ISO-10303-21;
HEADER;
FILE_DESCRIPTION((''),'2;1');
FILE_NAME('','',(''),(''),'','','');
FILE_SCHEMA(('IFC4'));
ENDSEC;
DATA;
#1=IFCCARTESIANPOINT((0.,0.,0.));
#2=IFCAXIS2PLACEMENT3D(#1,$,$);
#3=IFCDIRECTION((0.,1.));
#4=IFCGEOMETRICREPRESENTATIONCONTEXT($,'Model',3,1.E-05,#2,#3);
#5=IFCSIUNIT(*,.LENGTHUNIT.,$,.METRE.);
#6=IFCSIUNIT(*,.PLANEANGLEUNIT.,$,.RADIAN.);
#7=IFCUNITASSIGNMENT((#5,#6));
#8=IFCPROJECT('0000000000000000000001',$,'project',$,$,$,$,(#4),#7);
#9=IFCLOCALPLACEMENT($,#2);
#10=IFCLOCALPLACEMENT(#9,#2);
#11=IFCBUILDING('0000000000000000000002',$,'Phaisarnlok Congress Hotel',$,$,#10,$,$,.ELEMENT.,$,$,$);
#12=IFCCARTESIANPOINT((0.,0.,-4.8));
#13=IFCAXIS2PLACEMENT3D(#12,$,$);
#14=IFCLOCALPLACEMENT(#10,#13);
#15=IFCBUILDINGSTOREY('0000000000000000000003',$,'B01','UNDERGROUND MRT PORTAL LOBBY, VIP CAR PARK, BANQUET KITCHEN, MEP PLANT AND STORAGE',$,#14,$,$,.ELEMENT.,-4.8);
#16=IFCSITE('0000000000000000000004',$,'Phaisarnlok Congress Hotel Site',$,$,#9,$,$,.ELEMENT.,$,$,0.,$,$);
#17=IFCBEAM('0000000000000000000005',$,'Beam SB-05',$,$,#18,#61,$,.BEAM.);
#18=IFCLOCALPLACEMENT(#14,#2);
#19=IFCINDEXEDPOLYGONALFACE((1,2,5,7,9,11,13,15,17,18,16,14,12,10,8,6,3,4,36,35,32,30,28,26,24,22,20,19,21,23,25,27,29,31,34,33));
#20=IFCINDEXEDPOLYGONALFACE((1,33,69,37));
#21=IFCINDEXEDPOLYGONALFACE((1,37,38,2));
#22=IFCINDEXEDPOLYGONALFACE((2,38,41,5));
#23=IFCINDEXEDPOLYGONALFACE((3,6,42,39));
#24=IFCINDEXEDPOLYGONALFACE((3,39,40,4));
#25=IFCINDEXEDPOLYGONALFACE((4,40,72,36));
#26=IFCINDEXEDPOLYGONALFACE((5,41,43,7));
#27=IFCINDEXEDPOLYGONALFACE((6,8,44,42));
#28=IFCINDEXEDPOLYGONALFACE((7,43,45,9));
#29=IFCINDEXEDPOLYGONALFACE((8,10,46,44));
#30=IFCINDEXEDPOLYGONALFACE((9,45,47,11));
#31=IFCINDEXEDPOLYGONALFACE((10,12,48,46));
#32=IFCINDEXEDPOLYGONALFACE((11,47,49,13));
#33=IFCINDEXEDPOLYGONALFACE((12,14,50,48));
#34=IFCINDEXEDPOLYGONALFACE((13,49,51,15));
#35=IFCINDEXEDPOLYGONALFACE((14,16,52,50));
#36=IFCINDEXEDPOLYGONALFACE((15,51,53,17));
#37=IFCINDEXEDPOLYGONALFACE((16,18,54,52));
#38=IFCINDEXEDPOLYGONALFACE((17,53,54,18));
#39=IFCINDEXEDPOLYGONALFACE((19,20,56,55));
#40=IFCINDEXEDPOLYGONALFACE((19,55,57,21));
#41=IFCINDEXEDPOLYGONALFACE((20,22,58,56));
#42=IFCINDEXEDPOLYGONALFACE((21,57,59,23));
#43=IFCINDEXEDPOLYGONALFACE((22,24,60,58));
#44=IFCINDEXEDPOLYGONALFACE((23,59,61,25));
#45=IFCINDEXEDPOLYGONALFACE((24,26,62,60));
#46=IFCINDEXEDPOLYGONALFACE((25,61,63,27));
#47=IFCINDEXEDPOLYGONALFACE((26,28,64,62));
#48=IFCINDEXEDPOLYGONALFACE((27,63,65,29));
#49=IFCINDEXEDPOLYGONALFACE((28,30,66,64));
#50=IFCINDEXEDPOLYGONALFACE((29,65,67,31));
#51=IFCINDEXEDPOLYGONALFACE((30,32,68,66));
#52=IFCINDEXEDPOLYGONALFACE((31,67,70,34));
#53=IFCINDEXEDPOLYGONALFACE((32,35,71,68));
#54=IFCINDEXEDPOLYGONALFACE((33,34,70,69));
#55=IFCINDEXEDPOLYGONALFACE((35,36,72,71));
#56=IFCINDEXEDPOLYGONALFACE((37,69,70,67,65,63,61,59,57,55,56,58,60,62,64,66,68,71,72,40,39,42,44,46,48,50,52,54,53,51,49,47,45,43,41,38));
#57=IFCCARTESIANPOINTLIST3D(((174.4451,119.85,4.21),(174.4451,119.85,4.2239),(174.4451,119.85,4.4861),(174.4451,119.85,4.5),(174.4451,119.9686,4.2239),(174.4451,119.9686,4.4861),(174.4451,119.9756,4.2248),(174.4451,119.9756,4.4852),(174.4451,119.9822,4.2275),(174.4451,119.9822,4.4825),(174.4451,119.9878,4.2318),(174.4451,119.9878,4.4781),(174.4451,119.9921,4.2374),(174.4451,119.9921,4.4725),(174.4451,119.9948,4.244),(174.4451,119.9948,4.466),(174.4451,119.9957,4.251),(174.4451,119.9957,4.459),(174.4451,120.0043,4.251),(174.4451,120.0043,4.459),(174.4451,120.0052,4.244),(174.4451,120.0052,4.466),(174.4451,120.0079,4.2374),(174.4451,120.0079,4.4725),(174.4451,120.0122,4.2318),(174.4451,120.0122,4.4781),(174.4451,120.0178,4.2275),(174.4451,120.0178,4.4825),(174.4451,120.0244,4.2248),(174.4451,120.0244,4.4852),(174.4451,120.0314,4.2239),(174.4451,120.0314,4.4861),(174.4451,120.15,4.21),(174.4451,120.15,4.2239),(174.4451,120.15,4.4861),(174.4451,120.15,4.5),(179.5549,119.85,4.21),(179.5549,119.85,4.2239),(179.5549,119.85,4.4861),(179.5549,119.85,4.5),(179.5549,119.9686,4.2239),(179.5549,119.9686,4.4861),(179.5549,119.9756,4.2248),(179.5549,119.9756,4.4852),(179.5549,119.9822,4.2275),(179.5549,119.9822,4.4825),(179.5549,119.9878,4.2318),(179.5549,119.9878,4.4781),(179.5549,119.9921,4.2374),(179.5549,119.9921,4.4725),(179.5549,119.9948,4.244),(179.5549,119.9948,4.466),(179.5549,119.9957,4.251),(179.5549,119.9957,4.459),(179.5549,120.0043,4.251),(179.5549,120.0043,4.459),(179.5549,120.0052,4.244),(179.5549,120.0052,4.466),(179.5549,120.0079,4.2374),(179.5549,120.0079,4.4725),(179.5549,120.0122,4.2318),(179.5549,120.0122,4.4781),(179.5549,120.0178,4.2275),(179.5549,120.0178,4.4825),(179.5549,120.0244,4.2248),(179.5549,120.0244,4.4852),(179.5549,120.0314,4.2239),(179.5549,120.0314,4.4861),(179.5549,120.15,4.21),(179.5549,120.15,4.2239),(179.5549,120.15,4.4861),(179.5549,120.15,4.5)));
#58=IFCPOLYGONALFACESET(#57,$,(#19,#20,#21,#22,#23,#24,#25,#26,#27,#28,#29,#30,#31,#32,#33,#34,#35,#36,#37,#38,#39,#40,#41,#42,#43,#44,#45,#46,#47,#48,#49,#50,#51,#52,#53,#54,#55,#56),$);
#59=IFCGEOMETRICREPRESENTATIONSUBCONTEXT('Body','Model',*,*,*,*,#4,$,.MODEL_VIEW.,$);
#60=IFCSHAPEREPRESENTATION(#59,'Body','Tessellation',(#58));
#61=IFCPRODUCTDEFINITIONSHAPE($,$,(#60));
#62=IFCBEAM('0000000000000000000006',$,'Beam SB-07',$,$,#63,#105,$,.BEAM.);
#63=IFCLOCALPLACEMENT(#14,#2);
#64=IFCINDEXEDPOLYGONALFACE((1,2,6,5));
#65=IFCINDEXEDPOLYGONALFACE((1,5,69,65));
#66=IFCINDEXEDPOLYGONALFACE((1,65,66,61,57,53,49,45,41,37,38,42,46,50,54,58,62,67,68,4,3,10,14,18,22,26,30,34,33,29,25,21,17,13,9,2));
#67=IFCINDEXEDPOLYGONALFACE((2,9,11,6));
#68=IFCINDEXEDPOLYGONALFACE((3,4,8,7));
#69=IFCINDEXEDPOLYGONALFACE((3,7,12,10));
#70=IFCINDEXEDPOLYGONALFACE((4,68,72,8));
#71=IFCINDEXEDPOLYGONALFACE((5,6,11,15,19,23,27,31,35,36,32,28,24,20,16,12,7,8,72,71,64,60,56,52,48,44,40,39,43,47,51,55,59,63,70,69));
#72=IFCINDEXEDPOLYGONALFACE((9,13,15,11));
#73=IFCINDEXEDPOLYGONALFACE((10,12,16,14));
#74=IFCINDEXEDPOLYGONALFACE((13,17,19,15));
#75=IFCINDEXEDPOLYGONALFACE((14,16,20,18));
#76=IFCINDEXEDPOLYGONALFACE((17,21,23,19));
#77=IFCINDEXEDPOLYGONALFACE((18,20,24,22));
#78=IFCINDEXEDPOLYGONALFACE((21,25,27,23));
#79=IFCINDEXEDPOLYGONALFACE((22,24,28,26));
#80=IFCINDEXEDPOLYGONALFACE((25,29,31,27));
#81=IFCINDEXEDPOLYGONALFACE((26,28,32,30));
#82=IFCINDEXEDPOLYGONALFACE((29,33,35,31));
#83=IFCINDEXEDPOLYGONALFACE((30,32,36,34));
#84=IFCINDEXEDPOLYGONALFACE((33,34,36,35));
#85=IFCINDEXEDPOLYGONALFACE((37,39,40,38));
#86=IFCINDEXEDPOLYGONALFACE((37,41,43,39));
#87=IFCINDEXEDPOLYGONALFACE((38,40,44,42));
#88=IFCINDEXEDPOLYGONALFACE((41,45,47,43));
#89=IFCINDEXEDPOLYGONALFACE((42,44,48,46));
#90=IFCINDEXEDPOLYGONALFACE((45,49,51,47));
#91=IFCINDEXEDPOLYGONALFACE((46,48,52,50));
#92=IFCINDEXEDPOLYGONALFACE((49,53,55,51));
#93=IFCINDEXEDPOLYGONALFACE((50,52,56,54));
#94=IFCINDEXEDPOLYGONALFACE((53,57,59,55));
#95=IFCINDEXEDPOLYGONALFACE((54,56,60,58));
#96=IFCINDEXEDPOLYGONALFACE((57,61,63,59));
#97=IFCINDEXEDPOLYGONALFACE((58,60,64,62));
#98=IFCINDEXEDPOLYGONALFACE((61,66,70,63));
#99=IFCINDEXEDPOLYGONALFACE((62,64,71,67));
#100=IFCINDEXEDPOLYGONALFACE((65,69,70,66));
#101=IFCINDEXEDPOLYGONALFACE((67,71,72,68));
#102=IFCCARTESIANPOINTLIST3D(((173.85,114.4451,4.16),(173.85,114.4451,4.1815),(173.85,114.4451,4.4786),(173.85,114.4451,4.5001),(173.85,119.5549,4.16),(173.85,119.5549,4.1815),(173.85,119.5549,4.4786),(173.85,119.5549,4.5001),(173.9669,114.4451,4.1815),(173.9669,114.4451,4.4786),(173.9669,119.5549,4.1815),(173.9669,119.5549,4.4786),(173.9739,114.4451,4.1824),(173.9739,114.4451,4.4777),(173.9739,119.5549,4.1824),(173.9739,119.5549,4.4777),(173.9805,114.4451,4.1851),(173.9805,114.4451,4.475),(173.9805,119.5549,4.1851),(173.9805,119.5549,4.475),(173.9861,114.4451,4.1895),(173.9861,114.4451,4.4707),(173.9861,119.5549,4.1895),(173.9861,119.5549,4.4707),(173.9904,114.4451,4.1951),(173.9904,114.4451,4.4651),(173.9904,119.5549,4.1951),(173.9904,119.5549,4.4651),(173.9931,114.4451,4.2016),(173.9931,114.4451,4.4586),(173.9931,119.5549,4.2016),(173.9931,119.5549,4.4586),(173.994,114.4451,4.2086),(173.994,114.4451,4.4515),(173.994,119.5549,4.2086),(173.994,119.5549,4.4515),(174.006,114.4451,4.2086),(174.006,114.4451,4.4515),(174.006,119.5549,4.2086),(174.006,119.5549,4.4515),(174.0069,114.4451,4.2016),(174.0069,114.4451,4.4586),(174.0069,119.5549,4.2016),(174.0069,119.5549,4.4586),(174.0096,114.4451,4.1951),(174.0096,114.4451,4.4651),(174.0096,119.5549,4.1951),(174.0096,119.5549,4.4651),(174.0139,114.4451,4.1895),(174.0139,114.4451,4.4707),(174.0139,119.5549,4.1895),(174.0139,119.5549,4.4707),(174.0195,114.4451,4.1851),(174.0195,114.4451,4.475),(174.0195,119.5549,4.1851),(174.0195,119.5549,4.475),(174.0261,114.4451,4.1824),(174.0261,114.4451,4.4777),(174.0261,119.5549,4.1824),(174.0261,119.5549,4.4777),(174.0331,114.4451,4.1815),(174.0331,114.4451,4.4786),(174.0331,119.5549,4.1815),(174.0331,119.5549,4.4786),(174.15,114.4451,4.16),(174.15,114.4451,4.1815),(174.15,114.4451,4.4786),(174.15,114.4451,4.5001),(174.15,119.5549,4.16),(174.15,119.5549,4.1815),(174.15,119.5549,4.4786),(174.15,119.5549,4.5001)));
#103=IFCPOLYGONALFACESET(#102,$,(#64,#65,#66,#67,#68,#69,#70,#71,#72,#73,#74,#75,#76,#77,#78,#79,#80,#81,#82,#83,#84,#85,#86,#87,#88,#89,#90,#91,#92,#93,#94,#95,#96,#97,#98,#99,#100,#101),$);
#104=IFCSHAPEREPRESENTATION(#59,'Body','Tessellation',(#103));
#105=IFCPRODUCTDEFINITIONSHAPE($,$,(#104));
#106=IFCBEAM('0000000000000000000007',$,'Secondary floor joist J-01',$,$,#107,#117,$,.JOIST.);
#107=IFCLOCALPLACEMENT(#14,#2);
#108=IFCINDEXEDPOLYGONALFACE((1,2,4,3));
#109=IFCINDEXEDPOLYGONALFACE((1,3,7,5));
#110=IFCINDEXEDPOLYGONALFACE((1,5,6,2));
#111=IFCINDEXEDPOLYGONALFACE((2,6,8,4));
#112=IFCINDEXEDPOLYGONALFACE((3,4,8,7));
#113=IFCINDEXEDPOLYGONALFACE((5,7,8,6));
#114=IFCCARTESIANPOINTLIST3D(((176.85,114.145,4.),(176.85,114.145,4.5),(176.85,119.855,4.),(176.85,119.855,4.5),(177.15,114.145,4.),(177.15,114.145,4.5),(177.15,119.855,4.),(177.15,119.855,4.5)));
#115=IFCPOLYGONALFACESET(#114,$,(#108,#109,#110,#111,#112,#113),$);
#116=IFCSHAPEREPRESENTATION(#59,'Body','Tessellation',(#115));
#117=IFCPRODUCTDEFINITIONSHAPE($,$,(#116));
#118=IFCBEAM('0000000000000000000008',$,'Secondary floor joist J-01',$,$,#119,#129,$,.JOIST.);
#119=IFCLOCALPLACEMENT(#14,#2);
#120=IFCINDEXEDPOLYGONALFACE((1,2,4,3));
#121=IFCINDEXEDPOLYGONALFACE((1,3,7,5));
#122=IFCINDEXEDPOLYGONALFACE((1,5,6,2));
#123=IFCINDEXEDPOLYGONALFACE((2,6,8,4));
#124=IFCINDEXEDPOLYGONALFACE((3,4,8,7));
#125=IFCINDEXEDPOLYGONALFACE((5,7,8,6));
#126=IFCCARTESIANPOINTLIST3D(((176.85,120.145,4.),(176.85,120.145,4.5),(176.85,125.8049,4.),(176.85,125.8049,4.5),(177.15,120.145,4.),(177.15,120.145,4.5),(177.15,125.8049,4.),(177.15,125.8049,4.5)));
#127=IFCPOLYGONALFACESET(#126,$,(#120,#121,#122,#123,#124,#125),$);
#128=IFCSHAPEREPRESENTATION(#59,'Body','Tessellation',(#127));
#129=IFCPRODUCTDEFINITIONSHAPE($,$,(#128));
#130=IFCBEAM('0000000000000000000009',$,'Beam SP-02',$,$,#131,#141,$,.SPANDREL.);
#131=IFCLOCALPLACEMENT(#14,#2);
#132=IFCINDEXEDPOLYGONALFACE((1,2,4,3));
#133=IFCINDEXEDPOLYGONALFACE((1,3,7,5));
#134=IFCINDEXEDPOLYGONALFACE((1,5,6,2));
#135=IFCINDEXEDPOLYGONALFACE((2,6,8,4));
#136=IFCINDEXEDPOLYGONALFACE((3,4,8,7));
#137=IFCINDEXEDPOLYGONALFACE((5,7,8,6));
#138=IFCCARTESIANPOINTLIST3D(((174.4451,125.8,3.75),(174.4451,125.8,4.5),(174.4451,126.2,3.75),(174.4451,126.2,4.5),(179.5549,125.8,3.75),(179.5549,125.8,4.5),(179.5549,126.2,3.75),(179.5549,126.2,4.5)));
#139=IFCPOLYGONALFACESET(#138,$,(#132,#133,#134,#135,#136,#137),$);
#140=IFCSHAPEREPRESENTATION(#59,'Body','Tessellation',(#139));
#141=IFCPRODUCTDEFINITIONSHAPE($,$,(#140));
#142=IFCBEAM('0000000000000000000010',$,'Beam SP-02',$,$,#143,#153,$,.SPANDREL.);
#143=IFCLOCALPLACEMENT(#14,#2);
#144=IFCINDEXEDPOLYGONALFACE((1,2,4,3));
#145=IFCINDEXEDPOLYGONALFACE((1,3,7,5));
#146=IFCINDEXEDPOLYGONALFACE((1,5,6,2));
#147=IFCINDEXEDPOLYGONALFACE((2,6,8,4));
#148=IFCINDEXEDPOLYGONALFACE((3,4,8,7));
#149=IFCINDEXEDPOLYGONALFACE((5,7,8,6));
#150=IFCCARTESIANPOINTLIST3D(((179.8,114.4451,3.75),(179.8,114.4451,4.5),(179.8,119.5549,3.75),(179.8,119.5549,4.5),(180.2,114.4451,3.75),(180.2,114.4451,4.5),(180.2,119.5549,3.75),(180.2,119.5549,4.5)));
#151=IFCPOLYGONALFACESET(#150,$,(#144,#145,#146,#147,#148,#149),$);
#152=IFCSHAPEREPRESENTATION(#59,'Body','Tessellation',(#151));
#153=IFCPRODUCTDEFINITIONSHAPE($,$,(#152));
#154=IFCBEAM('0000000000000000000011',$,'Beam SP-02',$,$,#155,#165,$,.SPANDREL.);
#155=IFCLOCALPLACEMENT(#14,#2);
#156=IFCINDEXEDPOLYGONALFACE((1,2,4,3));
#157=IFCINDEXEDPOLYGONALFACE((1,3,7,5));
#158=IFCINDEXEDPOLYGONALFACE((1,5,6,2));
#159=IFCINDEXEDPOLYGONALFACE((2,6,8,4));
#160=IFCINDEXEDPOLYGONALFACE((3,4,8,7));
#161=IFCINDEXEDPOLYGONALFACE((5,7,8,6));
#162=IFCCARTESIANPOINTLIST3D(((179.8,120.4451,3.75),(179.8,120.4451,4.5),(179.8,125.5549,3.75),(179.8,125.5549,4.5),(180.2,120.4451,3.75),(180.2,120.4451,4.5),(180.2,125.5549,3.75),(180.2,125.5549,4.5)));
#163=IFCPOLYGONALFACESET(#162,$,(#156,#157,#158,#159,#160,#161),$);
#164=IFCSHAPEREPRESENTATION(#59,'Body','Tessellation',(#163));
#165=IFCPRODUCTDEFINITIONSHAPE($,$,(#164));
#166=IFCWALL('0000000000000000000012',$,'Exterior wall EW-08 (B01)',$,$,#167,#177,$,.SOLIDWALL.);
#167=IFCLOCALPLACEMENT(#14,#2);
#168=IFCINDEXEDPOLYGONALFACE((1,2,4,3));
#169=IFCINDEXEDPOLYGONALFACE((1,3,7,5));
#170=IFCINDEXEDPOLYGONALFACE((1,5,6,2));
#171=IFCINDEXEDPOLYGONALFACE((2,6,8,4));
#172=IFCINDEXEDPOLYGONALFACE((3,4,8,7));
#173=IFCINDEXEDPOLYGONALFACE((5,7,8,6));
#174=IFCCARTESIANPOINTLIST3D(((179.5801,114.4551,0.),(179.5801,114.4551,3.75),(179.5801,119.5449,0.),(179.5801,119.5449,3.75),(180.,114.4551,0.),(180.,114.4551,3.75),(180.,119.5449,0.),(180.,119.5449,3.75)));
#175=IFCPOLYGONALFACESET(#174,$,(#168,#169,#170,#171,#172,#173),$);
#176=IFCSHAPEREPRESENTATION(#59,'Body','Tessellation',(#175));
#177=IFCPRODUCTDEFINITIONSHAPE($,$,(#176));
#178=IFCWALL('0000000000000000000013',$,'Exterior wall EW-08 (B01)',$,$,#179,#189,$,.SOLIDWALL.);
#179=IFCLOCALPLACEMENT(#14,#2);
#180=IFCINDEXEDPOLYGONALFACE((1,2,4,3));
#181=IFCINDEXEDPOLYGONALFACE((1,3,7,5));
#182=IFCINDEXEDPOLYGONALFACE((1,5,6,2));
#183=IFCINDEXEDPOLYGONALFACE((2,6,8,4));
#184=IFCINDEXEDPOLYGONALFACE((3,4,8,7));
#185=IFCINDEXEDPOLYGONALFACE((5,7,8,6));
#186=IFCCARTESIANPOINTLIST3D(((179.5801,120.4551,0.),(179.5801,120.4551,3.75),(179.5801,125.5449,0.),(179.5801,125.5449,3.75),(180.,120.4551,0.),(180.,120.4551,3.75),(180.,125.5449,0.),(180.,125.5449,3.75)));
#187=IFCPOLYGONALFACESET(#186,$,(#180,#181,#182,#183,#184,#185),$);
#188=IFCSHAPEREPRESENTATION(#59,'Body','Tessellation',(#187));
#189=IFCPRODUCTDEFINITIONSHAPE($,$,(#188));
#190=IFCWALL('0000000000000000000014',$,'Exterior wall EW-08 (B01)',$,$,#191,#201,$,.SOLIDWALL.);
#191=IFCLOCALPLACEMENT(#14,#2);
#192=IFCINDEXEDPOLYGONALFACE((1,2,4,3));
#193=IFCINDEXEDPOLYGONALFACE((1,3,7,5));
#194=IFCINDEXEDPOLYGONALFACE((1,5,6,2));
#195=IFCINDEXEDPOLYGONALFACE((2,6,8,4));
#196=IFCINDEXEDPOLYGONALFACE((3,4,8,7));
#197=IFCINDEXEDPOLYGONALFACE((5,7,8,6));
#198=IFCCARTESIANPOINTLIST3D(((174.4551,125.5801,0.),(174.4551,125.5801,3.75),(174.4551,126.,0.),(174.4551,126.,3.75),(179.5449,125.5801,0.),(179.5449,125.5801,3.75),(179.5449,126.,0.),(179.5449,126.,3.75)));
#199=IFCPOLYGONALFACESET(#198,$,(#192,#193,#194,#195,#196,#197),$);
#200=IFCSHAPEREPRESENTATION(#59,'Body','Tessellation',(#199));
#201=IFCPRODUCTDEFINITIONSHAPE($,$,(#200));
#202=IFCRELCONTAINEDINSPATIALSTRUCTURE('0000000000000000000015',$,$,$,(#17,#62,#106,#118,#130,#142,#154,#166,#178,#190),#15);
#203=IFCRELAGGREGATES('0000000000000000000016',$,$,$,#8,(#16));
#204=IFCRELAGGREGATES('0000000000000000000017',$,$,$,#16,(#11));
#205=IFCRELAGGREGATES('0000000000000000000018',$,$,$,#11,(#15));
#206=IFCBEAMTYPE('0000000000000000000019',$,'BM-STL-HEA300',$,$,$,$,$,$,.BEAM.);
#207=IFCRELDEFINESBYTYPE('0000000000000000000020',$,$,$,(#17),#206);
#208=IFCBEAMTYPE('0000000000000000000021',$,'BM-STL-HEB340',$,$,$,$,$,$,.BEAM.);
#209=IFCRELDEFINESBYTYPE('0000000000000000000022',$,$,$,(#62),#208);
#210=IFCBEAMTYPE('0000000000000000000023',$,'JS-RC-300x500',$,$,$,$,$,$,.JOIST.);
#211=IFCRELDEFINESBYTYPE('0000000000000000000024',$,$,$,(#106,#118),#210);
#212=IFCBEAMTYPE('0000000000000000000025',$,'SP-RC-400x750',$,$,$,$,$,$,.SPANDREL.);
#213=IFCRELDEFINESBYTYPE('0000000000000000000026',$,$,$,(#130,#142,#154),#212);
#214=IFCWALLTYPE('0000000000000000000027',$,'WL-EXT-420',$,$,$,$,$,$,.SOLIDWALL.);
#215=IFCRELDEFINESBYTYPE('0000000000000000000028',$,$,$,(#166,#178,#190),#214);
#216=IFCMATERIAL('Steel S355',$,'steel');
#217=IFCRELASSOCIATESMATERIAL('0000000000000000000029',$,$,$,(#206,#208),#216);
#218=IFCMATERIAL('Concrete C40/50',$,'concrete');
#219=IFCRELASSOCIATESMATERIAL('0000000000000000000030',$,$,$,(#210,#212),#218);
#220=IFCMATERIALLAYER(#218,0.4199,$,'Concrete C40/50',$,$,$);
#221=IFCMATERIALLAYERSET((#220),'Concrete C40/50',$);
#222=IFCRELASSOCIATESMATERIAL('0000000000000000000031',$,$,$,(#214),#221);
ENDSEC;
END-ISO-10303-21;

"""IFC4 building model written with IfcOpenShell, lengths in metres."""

from ifc_helpers import new_model, si_unit, direction, frame, frame_2d, origin, origin_2d, place, context, subcontext, project, spatial, rectangle, i_section, extrude, material, layer, layer_set, material_profile, profile_set, type_object, element, save


model = new_model("IFC4")

# Units and contexts
model_context = context("Model", 3, precision=1e-05, world=origin(), true_north=direction((0.0, 1.0)))
body_context = subcontext(model_context, "Body", "Model", "MODEL_VIEW")
ifc_project = project(units=[si_unit("LENGTHUNIT", "METRE"), si_unit("PLANEANGLEUNIT", "RADIAN")], contexts=[model_context])

# Site, building, storey
site_placement = place(None, origin())
site = spatial("IfcSite", under=ifc_project, at=site_placement, Name="Phaisarnlok Congress Hotel Site", CompositionType="ELEMENT", RefElevation=0.0)
building_placement = place(site_placement, origin())
building = spatial("IfcBuilding", under=site, at=building_placement, Name="Phaisarnlok Congress Hotel", CompositionType="ELEMENT")
storey_placement = place(building_placement, frame((0.0, 0.0, -4.8)))
storey = spatial("IfcBuildingStorey", under=building, at=storey_placement, Name="B01", Description="UNDERGROUND MRT PORTAL LOBBY, VIP CAR PARK, BANQUET KITCHEN, MEP PLANT AND STORAGE", CompositionType="ELEMENT", Elevation=-4.8)

# Shared definitions
ifc_material_1 = material(Name="Concrete C40/50", Category="concrete")

# Beams
ifc_material_2 = material(Name="Steel S355", Category="steel")
ifc_material_profile_1 = material_profile(ifc_material_2, i_section(OverallWidth=0.3, OverallDepth=0.29, WebThickness=0.0085, FlangeThickness=0.0139, FilletRadius=0.0271, at=origin_2d()), Name="HEA 300")
ifc_profile_set_1 = profile_set([ifc_material_profile_1], Name="Steel S355")
beam_type_1 = type_object("IfcBeamType", Name="BM-STL-HEA300", PredefinedType="BEAM", material=ifc_profile_set_1)
for number, where, z_axis, x_axis, name in (
    (1, (174.4451, 120.0, 4.355), (1.0, 0.0, 0.0), (0.0, 1.0, 0.0), "Beam SB-05"),
):
    element("IfcBeam", number, at=place(storey_placement, frame(where, z_axis=z_axis, x_axis=x_axis)), inside=storey, type_object=beam_type_1, Name=name, PredefinedType="BEAM", context=body_context, shape_type="SweptSolid", body=[
        extrude(i_section(OverallWidth=0.3, OverallDepth=0.29, WebThickness=0.0085, FlangeThickness=0.0139, FilletRadius=0.0271, at=origin_2d()), origin(), (0.0, 0.0, 1.0), 5.1099),
    ])
ifc_material_profile_2 = material_profile(ifc_material_2, i_section(OverallWidth=0.3, OverallDepth=0.3401, WebThickness=0.012, FlangeThickness=0.0215, FilletRadius=0.0271, at=origin_2d()), Name="HEB 340")
ifc_profile_set_2 = profile_set([ifc_material_profile_2], Name="Steel S355")
beam_type_2 = type_object("IfcBeamType", Name="BM-STL-HEB340", PredefinedType="BEAM", material=ifc_profile_set_2)
beam_1_placement = place(storey_placement, frame((174.0, 114.4451, 4.3301), z_axis=(0.0, 1.0, 0.0), x_axis=(-1.0, 0.0, 0.0)))
element("IfcBeam", 2, at=beam_1_placement, inside=storey, type_object=beam_type_2, Name="Beam SB-07", PredefinedType="BEAM", context=body_context, shape_type="SweptSolid", body=[
    extrude(i_section(OverallWidth=0.3, OverallDepth=0.3401, WebThickness=0.012, FlangeThickness=0.0215, FilletRadius=0.0271, at=origin_2d()), origin(), (0.0, 0.0, 1.0), 5.1099),
])
ifc_material_profile_3 = material_profile(ifc_material_1, rectangle(XDim=0.3, YDim=0.5, at=origin_2d()), Name="RC 300x500")
ifc_profile_set_3 = profile_set([ifc_material_profile_3], Name="Concrete C40/50")
beam_type_3 = type_object("IfcBeamType", Name="JS-RC-300x500", PredefinedType="JOIST", material=ifc_profile_set_3)
beam_2_placement = place(storey_placement, frame((177.0, 114.145, 4.25), z_axis=(0.0, 1.0, 0.0), x_axis=(-1.0, 0.0, 0.0)))
element("IfcBeam", 3, at=beam_2_placement, inside=storey, type_object=beam_type_3, Name="Secondary floor joist J-01", PredefinedType="JOIST", context=body_context, shape_type="SweptSolid", body=[
    extrude(rectangle(XDim=0.3, YDim=0.5, at=origin_2d()), origin(), (0.0, 0.0, 1.0), 5.71),
])
beam_3_placement = place(storey_placement, frame((177.0, 120.145, 4.25), z_axis=(0.0, 1.0, 0.0), x_axis=(-1.0, 0.0, 0.0)))
element("IfcBeam", 4, at=beam_3_placement, inside=storey, type_object=beam_type_3, Name="Secondary floor joist J-01", PredefinedType="JOIST", context=body_context, shape_type="SweptSolid", body=[
    extrude(rectangle(XDim=0.3, YDim=0.5, at=origin_2d()), origin(), (0.0, 0.0, 1.0), 5.6599),
])
ifc_material_profile_4 = material_profile(ifc_material_1, rectangle(XDim=0.3999, YDim=0.75, at=origin_2d()), Name="RC 400x750")
ifc_profile_set_4 = profile_set([ifc_material_profile_4], Name="Concrete C40/50")
beam_type_4 = type_object("IfcBeamType", Name="SP-RC-400x750", PredefinedType="SPANDREL", material=ifc_profile_set_4)
for number, where, z_axis, x_axis, name in (
    (5, (174.4451, 126.0, 4.125), (1.0, 0.0, 0.0), (0.0, 1.0, 0.0), "Beam SP-02"),
    (6, (180.0, 114.4451, 4.125), (0.0, 1.0, 0.0), (-1.0, 0.0, 0.0), "Beam SP-02"),
    (7, (180.0, 120.4451, 4.125), (0.0, 1.0, 0.0), (-1.0, 0.0, 0.0), "Beam SP-02"),
):
    element("IfcBeam", number, at=place(storey_placement, frame(where, z_axis=z_axis, x_axis=x_axis)), inside=storey, type_object=beam_type_4, Name=name, PredefinedType="SPANDREL", context=body_context, shape_type="SweptSolid", body=[
        extrude(rectangle(XDim=0.3999, YDim=0.75, at=origin_2d()), origin(), (0.0, 0.0, 1.0), 5.1099),
    ])

# Walls
ifc_layer_1 = layer(ifc_material_1, 0.4199, Name="Concrete C40/50")
ifc_layer_set_1 = layer_set([ifc_layer_1], Name="Concrete C40/50")
wall_type_1 = type_object("IfcWallType", Name="WL-EXT-420", PredefinedType="SOLIDWALL", material=ifc_layer_set_1)
for number, where, z_axis, x_axis, name in (
    (8, (179.79, 114.4551, 0.0), (0.0, 0.0, 1.0), (0.0, 1.0, 0.0), "Exterior wall EW-08 (B01)"),
    (9, (179.79, 120.4551, 0.0), (0.0, 0.0, 1.0), (0.0, 1.0, 0.0), "Exterior wall EW-08 (B01)"),
    (10, (179.5449, 125.79, 0.0), (0.0, 0.0, 1.0), (-1.0, 0.0, 0.0), "Exterior wall EW-08 (B01)"),
):
    element("IfcWall", number, at=place(storey_placement, frame(where, z_axis=z_axis, x_axis=x_axis)), inside=storey, type_object=wall_type_1, Name=name, PredefinedType="SOLIDWALL", context=body_context, shape_type="SweptSolid", body=[
        extrude(rectangle(XDim=5.0898, YDim=0.4199, at=frame_2d((2.5449, 0.0))), origin(), (0.0, 0.0, 1.0), 3.75),
    ])

save(model, "model.ifc")
